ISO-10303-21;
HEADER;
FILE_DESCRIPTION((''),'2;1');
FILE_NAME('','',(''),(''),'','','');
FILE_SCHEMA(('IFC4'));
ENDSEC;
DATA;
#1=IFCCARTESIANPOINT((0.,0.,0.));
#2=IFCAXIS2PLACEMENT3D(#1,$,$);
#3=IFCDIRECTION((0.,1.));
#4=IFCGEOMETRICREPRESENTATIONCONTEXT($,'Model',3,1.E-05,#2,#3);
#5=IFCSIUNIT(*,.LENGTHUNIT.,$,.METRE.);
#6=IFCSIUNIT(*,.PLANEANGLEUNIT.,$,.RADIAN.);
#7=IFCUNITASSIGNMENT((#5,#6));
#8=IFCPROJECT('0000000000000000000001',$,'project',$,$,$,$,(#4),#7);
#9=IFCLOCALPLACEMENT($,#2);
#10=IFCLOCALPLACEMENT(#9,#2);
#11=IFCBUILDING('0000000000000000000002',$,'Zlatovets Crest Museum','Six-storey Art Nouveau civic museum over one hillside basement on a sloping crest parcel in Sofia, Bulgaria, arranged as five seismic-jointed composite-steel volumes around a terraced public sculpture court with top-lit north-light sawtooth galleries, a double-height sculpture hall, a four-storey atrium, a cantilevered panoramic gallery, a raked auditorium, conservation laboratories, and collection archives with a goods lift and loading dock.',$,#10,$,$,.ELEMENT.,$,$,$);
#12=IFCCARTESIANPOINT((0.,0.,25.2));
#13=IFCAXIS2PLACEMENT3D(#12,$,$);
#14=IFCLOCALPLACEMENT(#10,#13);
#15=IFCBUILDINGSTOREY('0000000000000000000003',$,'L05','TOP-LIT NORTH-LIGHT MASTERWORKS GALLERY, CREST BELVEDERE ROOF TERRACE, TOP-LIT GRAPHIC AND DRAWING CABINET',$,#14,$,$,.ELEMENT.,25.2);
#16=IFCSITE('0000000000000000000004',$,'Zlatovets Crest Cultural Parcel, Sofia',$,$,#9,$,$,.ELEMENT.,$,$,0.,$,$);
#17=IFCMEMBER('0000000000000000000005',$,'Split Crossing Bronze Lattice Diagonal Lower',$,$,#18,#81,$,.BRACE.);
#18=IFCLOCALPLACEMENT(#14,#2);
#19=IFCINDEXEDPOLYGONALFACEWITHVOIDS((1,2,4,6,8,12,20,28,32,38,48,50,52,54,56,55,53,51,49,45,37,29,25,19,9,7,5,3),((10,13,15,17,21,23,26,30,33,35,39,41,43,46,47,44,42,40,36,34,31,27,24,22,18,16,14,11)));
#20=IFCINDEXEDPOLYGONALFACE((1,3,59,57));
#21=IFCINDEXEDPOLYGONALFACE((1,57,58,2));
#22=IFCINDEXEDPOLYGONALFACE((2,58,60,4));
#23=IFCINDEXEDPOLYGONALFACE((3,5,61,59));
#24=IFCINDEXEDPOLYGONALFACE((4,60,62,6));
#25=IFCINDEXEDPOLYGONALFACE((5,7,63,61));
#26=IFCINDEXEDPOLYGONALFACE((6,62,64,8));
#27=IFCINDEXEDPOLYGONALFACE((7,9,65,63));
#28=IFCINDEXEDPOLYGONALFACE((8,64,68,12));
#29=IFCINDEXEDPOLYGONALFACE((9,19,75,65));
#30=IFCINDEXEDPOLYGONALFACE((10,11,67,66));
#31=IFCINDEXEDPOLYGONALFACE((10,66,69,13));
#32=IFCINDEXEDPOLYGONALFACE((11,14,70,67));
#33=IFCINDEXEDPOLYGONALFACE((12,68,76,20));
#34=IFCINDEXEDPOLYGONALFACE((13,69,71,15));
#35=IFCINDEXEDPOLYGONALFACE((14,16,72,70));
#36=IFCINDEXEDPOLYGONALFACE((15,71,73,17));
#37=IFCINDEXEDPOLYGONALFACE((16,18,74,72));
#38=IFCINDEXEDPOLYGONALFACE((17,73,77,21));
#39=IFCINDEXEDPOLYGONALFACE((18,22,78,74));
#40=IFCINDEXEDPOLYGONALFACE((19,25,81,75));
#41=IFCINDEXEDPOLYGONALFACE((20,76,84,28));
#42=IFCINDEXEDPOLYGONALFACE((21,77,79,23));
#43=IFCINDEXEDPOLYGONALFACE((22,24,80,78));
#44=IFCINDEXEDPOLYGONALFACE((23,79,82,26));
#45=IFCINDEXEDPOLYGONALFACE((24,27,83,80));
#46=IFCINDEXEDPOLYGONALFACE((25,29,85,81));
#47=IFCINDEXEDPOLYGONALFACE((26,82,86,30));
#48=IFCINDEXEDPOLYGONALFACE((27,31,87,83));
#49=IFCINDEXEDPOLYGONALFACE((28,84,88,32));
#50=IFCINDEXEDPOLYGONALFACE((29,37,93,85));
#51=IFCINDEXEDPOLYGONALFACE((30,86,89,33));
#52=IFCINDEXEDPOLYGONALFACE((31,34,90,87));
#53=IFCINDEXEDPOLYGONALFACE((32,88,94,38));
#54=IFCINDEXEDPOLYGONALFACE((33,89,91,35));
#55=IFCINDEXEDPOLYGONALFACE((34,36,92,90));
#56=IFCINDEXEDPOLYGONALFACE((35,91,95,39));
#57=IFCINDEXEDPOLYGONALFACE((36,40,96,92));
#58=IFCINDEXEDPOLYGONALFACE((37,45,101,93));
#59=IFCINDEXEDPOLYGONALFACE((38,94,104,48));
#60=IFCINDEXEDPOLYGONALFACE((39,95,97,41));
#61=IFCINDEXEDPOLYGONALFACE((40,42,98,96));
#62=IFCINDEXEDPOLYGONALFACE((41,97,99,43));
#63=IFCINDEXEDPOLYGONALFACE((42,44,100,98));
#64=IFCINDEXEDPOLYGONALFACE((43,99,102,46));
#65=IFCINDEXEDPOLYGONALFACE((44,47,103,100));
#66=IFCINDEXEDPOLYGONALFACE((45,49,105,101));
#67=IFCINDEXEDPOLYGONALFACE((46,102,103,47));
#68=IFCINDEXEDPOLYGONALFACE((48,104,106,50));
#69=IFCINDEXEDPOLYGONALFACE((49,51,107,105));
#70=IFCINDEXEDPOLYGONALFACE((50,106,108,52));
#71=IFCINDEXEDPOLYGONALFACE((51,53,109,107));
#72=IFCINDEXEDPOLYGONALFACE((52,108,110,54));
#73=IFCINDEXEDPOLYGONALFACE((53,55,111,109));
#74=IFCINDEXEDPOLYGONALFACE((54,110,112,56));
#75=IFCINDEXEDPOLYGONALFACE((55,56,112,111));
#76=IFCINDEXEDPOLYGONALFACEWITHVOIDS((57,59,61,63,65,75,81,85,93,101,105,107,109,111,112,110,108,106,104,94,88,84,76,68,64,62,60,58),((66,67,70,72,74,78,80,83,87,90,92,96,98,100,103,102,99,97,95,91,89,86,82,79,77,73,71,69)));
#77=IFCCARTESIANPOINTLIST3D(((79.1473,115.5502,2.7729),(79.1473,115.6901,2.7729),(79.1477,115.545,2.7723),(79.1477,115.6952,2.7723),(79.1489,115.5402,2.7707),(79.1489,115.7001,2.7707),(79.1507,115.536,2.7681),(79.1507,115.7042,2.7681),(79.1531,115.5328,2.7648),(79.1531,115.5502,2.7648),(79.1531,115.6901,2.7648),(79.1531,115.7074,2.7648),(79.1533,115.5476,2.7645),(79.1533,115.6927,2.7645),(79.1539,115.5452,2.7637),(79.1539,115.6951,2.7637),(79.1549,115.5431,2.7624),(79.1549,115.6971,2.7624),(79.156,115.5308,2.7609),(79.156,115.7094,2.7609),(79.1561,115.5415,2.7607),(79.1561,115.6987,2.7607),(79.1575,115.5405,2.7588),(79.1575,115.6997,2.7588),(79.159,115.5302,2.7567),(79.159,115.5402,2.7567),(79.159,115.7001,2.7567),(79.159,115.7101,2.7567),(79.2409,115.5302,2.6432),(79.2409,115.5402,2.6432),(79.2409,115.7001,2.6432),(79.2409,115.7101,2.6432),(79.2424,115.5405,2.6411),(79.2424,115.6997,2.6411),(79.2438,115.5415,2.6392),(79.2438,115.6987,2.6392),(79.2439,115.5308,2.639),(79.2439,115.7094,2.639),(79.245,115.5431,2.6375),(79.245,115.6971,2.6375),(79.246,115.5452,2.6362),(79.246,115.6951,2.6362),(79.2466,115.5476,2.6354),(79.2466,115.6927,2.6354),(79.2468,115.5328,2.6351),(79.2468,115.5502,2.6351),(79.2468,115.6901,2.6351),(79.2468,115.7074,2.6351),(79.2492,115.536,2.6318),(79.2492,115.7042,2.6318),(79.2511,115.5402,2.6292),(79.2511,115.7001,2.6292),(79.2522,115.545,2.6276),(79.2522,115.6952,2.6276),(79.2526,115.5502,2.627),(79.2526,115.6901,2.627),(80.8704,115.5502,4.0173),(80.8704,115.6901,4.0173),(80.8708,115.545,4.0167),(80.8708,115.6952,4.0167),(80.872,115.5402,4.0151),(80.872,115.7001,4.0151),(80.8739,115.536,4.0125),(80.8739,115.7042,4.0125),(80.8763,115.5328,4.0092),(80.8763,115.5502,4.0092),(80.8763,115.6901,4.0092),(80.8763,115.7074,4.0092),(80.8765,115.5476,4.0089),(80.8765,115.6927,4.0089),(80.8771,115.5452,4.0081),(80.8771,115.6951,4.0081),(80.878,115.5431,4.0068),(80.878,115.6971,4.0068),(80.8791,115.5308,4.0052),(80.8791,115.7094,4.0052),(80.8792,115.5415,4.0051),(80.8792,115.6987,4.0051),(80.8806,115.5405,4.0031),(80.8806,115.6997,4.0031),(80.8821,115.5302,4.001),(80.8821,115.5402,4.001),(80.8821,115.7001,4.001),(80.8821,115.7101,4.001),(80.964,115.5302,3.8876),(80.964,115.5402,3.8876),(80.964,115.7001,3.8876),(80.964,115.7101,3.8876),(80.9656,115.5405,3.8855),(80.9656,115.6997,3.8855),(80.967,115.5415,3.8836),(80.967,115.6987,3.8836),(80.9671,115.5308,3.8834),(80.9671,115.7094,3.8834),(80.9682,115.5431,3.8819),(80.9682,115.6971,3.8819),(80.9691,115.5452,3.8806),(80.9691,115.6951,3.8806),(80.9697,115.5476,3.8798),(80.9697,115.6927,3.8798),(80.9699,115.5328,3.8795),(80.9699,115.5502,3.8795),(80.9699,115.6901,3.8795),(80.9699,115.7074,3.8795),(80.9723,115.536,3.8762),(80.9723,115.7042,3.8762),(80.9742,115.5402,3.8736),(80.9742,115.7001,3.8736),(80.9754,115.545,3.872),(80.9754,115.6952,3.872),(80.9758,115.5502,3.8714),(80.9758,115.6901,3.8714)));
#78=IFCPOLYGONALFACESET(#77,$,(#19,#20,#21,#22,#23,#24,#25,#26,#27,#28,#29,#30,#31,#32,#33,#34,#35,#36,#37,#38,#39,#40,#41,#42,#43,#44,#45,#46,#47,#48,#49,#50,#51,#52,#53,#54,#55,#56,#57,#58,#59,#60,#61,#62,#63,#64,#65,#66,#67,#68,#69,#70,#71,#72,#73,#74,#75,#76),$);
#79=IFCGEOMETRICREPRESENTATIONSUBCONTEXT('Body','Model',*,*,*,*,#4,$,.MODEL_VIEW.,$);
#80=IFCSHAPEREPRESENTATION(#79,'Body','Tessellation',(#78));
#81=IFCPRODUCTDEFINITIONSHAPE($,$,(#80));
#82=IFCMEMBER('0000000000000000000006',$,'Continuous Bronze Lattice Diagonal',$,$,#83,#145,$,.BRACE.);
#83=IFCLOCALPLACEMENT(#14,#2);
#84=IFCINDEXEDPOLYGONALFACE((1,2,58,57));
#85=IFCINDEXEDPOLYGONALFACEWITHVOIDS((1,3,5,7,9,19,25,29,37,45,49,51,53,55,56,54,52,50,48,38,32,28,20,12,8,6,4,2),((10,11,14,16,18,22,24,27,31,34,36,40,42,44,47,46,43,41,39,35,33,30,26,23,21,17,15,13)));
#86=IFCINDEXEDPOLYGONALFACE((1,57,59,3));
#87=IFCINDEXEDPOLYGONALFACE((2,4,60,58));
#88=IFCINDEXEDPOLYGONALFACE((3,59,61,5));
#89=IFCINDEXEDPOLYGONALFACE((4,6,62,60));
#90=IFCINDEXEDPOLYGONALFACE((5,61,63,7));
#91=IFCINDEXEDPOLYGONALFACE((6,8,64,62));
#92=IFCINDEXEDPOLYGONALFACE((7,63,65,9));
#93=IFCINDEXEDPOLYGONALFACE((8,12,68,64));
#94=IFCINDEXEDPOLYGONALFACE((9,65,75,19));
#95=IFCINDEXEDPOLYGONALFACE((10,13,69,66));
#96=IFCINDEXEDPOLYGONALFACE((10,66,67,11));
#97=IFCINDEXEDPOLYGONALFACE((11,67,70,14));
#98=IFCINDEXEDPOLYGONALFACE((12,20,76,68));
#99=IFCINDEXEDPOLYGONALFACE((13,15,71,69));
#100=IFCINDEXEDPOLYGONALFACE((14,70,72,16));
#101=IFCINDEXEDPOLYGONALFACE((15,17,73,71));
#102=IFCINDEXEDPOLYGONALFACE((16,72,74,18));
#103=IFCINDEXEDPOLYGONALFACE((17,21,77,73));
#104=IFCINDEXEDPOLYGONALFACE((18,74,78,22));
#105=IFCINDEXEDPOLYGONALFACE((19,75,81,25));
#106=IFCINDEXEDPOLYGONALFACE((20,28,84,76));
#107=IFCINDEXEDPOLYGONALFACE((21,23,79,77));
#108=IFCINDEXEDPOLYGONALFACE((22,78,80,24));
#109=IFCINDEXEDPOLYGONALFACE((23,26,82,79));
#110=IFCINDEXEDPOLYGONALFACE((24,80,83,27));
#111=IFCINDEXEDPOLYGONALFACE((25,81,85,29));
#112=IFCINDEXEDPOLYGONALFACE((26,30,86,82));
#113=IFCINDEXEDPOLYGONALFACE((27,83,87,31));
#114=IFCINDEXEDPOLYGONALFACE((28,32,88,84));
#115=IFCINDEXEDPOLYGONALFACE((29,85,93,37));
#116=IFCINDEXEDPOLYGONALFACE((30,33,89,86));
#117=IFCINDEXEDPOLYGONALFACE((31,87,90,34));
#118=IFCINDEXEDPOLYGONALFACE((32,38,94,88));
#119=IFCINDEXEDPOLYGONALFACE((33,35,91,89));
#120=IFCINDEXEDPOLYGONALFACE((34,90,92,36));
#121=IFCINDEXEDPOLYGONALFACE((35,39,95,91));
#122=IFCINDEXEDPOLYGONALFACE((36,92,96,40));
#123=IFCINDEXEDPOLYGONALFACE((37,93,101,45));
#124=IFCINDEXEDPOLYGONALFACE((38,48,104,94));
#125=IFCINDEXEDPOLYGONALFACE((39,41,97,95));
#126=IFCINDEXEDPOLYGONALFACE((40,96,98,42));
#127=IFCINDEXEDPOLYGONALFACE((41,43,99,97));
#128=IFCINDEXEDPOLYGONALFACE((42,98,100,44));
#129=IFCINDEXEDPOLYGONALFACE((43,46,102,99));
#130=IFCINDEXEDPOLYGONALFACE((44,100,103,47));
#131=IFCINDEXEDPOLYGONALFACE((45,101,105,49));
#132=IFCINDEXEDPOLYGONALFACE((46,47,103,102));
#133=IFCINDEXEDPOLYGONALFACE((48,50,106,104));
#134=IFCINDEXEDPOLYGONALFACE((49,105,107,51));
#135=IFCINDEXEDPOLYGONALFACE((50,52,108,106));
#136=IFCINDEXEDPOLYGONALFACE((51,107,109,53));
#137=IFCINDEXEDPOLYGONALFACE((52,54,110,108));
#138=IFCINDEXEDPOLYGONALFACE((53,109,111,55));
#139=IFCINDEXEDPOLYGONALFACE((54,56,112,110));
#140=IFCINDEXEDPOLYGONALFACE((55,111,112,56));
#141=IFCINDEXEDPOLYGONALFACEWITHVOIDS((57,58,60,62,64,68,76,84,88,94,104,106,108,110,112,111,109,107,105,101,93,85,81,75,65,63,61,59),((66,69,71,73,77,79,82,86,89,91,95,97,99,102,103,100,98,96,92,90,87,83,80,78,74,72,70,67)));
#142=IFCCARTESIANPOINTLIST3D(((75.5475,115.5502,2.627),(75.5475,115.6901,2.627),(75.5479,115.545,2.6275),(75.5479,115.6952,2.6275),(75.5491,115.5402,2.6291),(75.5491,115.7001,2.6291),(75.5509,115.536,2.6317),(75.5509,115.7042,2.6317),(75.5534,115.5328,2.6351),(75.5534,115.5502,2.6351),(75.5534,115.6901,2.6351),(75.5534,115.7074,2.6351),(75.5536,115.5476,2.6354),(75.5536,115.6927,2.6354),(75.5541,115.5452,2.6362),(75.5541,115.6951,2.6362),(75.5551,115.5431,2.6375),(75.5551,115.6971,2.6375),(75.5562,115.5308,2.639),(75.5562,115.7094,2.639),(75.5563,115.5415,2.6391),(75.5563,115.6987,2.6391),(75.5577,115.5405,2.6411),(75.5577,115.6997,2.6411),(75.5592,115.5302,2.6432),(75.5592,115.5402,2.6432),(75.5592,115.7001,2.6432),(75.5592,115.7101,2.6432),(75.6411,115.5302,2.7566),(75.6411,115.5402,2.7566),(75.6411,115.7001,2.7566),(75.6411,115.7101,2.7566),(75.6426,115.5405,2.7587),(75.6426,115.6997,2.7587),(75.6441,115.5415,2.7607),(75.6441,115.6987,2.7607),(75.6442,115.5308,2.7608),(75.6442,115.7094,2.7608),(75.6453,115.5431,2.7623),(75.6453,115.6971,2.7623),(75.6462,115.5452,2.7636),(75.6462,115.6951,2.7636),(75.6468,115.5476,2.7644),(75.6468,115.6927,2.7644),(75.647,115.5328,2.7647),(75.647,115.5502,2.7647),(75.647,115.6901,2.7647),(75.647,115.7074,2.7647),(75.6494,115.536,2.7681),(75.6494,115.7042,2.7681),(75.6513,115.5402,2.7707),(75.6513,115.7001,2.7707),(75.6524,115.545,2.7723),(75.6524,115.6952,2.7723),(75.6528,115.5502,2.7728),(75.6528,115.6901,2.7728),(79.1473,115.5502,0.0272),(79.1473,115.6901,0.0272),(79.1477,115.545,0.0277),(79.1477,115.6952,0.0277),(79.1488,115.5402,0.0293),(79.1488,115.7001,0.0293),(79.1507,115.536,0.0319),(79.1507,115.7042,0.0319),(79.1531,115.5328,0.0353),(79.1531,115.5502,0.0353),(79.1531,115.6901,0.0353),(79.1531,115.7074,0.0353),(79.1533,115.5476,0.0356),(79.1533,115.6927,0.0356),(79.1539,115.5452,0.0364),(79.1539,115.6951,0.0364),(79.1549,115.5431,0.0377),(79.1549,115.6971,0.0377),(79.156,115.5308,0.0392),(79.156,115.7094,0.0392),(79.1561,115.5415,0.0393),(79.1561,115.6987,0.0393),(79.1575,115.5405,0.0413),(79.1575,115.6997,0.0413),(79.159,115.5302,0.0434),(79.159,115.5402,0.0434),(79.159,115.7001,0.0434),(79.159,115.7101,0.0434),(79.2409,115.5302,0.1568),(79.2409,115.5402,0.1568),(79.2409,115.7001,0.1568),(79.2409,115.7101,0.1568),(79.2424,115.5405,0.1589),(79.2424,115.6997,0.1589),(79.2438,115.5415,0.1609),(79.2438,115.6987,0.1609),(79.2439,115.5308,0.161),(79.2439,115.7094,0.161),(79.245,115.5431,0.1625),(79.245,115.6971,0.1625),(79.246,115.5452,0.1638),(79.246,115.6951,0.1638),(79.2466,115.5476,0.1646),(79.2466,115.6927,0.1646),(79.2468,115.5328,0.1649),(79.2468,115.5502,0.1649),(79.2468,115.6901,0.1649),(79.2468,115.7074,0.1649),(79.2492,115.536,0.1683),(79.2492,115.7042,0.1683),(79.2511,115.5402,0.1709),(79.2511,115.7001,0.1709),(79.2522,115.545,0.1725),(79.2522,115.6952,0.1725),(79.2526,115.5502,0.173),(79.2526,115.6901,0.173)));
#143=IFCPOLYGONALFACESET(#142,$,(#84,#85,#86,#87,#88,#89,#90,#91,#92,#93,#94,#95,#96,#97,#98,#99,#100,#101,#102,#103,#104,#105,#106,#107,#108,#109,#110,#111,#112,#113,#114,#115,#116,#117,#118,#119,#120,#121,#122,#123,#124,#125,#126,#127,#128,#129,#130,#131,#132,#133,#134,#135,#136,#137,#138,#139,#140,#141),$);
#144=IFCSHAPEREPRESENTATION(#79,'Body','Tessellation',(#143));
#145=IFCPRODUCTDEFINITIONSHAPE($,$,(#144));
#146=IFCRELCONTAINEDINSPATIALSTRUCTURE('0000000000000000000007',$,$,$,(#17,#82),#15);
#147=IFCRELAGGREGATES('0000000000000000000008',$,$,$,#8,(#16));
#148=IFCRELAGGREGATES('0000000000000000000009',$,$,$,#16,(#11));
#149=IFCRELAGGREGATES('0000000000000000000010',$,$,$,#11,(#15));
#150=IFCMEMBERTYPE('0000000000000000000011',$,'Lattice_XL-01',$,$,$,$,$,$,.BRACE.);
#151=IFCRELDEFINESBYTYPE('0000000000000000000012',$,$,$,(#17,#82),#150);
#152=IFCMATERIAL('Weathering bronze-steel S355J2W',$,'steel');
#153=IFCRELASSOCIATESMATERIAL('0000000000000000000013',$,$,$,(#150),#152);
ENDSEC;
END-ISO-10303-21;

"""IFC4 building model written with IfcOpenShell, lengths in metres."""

from ifc_helpers import new_model, si_unit, direction, frame, origin, origin_2d, place, context, subcontext, project, spatial, hollow_rectangle, extrude, material, material_profile, profile_set, type_object, element, save


model = new_model("IFC4")

# Units and contexts
model_context = context("Model", 3, precision=1e-05, world=origin(), true_north=direction((0.0, 1.0)))
body_context = subcontext(model_context, "Body", "Model", "MODEL_VIEW")
ifc_project = project(units=[si_unit("LENGTHUNIT", "METRE"), si_unit("PLANEANGLEUNIT", "RADIAN")], contexts=[model_context])

# Site, building, storey
site_placement = place(None, origin())
site = spatial("IfcSite", under=ifc_project, at=site_placement, Name="Zlatovets Crest Cultural Parcel, Sofia", CompositionType="ELEMENT", RefElevation=0.0)
building_placement = place(site_placement, origin())
building = spatial("IfcBuilding", under=site, at=building_placement, Name="Zlatovets Crest Museum", Description="Six-storey Art Nouveau civic museum over one hillside basement on a sloping crest parcel in Sofia, Bulgaria, arranged as five seismic-jointed composite-steel volumes around a terraced public sculpture court with top-lit north-light sawtooth galleries, a double-height sculpture hall, a four-storey atrium, a cantilevered panoramic gallery, a raked auditorium, conservation laboratories, and collection archives with a goods lift and loading dock.", CompositionType="ELEMENT")
storey_placement = place(building_placement, frame((0.0, 0.0, 25.2)))
storey = spatial("IfcBuildingStorey", under=building, at=storey_placement, Name="L05", Description="TOP-LIT NORTH-LIGHT MASTERWORKS GALLERY, CREST BELVEDERE ROOF TERRACE, TOP-LIT GRAPHIC AND DRAWING CABINET", CompositionType="ELEMENT", Elevation=25.2)

# Members
ifc_material_1 = material(Name="Weathering bronze-steel S355J2W", Category="steel")
ifc_material_profile_1 = material_profile(ifc_material_1, hollow_rectangle(XDim=0.1799, YDim=0.1799, WallThickness=0.01, InnerFilletRadius=0.01, OuterFilletRadius=0.02, at=origin_2d()), Name="SHS 180x180x10.0")
ifc_profile_set_1 = profile_set([ifc_material_profile_1], Name="Weathering bronze-steel S355J2W")
member_type_1 = type_object("IfcMemberType", Name="Lattice_XL-01", PredefinedType="BRACE", material=ifc_profile_set_1)
for number, where, z_axis, x_axis, name in (
    (1, (80.9231, 115.6201, 3.9443), (-0.810703, 0.0, -0.585457), (0.0, -1.0, 0.0), "Split Crossing Bronze Lattice Diagonal Lower"),
):
    element("IfcMember", number, at=place(storey_placement, frame(where, z_axis=z_axis, x_axis=x_axis)), inside=storey, type_object=member_type_1, Name=name, PredefinedType="BRACE", context=body_context, shape_type="SweptSolid", body=[
        extrude(hollow_rectangle(XDim=0.1799, YDim=0.1799, WallThickness=0.01, InnerFilletRadius=0.01, OuterFilletRadius=0.02, at=origin_2d()), origin(), (0.0, 0.0, 1.0), 2.1255),
    ])
member_1_placement = place(storey_placement, frame((79.2, 115.6201, 0.1001), z_axis=(-0.810684, 0.0, 0.585485), x_axis=(0.0, -1.0, 0.0)))
element("IfcMember", 2, at=member_1_placement, inside=storey, type_object=member_type_1, Name="Continuous Bronze Lattice Diagonal", PredefinedType="BRACE", context=body_context, shape_type="SweptSolid", body=[
    extrude(hollow_rectangle(XDim=0.1799, YDim=0.1799, WallThickness=0.01, InnerFilletRadius=0.01, OuterFilletRadius=0.02, at=origin_2d()), origin(), (0.0, 0.0, 1.0), 4.4404),
])

save(model, "model.ifc")
